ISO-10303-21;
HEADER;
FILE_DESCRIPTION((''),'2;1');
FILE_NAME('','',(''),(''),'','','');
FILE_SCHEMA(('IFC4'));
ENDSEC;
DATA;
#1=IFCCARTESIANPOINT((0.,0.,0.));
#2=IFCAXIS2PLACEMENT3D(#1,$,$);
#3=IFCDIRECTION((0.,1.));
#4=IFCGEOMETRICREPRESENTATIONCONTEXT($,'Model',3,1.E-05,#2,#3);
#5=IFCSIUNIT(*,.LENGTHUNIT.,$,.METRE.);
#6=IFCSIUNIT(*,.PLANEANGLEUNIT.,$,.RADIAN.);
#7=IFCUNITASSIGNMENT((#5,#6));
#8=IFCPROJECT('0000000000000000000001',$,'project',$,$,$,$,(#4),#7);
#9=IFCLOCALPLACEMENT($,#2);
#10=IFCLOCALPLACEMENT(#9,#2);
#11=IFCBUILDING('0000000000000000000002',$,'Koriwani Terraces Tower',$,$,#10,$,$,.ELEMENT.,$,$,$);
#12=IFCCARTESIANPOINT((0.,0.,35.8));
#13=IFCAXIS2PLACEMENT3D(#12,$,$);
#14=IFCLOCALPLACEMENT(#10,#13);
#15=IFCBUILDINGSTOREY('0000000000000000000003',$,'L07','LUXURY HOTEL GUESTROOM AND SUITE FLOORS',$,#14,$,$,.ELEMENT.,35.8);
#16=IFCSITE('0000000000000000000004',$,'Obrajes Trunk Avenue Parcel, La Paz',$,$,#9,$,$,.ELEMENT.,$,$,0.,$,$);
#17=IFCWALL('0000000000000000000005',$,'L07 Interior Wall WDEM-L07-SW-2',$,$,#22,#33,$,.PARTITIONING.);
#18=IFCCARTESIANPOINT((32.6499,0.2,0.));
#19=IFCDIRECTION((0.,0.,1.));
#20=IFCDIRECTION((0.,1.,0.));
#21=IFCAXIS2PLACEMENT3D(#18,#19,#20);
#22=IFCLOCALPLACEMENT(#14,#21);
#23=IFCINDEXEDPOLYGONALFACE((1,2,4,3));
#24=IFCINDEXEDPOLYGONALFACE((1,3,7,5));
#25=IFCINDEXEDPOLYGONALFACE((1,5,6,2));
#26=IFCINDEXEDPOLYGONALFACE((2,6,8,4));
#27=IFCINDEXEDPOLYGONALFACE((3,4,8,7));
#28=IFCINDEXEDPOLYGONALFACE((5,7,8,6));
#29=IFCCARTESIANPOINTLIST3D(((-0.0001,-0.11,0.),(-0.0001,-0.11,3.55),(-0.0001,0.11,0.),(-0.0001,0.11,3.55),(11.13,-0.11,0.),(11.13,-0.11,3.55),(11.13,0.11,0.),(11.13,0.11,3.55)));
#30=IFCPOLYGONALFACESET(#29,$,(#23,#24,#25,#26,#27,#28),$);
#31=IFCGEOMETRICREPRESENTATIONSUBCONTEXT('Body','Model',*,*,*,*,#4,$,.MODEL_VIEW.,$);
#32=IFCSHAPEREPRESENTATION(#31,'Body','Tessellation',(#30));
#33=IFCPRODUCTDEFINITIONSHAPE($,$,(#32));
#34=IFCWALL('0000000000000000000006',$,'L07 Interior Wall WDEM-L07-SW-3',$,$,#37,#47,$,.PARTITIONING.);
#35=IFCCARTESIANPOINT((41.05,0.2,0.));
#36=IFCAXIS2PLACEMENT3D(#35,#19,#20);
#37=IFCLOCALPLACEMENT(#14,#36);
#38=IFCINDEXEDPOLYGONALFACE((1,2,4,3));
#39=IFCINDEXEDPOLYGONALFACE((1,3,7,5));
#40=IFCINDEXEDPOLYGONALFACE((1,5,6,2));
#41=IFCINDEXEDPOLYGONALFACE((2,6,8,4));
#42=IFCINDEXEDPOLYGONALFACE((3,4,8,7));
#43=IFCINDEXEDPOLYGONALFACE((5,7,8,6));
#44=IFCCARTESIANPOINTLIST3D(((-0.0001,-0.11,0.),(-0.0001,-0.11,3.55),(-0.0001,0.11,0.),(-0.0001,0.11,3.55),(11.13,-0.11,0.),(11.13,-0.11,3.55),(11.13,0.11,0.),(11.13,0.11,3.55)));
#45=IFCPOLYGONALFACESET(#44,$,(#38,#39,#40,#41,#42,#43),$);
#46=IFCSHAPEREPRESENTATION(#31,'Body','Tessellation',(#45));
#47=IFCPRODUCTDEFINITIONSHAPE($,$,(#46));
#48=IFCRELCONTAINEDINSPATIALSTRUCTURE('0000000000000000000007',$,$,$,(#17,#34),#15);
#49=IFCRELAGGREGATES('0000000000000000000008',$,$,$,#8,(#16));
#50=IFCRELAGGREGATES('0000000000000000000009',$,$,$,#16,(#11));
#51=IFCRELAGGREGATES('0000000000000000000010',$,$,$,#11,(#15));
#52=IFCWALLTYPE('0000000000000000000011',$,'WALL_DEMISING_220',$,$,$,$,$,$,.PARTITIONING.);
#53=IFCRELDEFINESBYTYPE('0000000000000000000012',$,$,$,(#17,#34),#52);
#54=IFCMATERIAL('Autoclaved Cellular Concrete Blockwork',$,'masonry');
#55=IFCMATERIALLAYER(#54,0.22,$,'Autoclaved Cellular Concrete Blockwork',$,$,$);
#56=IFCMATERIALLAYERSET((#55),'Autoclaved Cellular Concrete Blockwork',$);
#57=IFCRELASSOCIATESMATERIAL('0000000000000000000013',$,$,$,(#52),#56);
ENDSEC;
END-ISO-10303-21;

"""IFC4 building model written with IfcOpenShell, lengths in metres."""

from ifc_helpers import new_model, si_unit, direction, frame, frame_2d, origin, place, context, subcontext, project, spatial, rectangle, extrude, material, layer, layer_set, type_object, element, save


model = new_model("IFC4")

# Units and contexts
model_context = context("Model", 3, precision=1e-05, world=origin(), true_north=direction((0.0, 1.0)))
body_context = subcontext(model_context, "Body", "Model", "MODEL_VIEW")
ifc_project = project(units=[si_unit("LENGTHUNIT", "METRE"), si_unit("PLANEANGLEUNIT", "RADIAN")], contexts=[model_context])

# Site, building, storey
site_placement = place(None, origin())
site = spatial("IfcSite", under=ifc_project, at=site_placement, Name="Obrajes Trunk Avenue Parcel, La Paz", CompositionType="ELEMENT", RefElevation=0.0)
building_placement = place(site_placement, origin())
building = spatial("IfcBuilding", under=site, at=building_placement, Name="Koriwani Terraces Tower", CompositionType="ELEMENT")
storey_placement = place(building_placement, frame((0.0, 0.0, 35.8)))
storey = spatial("IfcBuildingStorey", under=building, at=storey_placement, Name="L07", Description="LUXURY HOTEL GUESTROOM AND SUITE FLOORS", CompositionType="ELEMENT", Elevation=35.8)

# Walls
ifc_material_1 = material(Name="Autoclaved Cellular Concrete Blockwork", Category="masonry")
ifc_layer_1 = layer(ifc_material_1, 0.22, Name="Autoclaved Cellular Concrete Blockwork")
ifc_layer_set_1 = layer_set([ifc_layer_1], Name="Autoclaved Cellular Concrete Blockwork")
wall_type_1 = type_object("IfcWallType", Name="WALL_DEMISING_220", PredefinedType="PARTITIONING", material=ifc_layer_set_1)
for number, where, z_axis, x_axis, name in (
    (1, (32.6499, 0.2, 0.0), (0.0, 0.0, 1.0), (0.0, 1.0, 0.0), "L07 Interior Wall WDEM-L07-SW-2"),
    (2, (41.05, 0.2, 0.0), (0.0, 0.0, 1.0), (0.0, 1.0, 0.0), "L07 Interior Wall WDEM-L07-SW-3"),
):
    element("IfcWall", number, at=place(storey_placement, frame(where, z_axis=z_axis, x_axis=x_axis)), inside=storey, type_object=wall_type_1, Name=name, PredefinedType="PARTITIONING", context=body_context, shape_type="SweptSolid", body=[
        extrude(rectangle(XDim=11.1301, YDim=0.22, at=frame_2d((5.5649, 0.0))), origin(), (0.0, 0.0, 1.0), 3.55),
    ])

save(model, "model.ifc")
